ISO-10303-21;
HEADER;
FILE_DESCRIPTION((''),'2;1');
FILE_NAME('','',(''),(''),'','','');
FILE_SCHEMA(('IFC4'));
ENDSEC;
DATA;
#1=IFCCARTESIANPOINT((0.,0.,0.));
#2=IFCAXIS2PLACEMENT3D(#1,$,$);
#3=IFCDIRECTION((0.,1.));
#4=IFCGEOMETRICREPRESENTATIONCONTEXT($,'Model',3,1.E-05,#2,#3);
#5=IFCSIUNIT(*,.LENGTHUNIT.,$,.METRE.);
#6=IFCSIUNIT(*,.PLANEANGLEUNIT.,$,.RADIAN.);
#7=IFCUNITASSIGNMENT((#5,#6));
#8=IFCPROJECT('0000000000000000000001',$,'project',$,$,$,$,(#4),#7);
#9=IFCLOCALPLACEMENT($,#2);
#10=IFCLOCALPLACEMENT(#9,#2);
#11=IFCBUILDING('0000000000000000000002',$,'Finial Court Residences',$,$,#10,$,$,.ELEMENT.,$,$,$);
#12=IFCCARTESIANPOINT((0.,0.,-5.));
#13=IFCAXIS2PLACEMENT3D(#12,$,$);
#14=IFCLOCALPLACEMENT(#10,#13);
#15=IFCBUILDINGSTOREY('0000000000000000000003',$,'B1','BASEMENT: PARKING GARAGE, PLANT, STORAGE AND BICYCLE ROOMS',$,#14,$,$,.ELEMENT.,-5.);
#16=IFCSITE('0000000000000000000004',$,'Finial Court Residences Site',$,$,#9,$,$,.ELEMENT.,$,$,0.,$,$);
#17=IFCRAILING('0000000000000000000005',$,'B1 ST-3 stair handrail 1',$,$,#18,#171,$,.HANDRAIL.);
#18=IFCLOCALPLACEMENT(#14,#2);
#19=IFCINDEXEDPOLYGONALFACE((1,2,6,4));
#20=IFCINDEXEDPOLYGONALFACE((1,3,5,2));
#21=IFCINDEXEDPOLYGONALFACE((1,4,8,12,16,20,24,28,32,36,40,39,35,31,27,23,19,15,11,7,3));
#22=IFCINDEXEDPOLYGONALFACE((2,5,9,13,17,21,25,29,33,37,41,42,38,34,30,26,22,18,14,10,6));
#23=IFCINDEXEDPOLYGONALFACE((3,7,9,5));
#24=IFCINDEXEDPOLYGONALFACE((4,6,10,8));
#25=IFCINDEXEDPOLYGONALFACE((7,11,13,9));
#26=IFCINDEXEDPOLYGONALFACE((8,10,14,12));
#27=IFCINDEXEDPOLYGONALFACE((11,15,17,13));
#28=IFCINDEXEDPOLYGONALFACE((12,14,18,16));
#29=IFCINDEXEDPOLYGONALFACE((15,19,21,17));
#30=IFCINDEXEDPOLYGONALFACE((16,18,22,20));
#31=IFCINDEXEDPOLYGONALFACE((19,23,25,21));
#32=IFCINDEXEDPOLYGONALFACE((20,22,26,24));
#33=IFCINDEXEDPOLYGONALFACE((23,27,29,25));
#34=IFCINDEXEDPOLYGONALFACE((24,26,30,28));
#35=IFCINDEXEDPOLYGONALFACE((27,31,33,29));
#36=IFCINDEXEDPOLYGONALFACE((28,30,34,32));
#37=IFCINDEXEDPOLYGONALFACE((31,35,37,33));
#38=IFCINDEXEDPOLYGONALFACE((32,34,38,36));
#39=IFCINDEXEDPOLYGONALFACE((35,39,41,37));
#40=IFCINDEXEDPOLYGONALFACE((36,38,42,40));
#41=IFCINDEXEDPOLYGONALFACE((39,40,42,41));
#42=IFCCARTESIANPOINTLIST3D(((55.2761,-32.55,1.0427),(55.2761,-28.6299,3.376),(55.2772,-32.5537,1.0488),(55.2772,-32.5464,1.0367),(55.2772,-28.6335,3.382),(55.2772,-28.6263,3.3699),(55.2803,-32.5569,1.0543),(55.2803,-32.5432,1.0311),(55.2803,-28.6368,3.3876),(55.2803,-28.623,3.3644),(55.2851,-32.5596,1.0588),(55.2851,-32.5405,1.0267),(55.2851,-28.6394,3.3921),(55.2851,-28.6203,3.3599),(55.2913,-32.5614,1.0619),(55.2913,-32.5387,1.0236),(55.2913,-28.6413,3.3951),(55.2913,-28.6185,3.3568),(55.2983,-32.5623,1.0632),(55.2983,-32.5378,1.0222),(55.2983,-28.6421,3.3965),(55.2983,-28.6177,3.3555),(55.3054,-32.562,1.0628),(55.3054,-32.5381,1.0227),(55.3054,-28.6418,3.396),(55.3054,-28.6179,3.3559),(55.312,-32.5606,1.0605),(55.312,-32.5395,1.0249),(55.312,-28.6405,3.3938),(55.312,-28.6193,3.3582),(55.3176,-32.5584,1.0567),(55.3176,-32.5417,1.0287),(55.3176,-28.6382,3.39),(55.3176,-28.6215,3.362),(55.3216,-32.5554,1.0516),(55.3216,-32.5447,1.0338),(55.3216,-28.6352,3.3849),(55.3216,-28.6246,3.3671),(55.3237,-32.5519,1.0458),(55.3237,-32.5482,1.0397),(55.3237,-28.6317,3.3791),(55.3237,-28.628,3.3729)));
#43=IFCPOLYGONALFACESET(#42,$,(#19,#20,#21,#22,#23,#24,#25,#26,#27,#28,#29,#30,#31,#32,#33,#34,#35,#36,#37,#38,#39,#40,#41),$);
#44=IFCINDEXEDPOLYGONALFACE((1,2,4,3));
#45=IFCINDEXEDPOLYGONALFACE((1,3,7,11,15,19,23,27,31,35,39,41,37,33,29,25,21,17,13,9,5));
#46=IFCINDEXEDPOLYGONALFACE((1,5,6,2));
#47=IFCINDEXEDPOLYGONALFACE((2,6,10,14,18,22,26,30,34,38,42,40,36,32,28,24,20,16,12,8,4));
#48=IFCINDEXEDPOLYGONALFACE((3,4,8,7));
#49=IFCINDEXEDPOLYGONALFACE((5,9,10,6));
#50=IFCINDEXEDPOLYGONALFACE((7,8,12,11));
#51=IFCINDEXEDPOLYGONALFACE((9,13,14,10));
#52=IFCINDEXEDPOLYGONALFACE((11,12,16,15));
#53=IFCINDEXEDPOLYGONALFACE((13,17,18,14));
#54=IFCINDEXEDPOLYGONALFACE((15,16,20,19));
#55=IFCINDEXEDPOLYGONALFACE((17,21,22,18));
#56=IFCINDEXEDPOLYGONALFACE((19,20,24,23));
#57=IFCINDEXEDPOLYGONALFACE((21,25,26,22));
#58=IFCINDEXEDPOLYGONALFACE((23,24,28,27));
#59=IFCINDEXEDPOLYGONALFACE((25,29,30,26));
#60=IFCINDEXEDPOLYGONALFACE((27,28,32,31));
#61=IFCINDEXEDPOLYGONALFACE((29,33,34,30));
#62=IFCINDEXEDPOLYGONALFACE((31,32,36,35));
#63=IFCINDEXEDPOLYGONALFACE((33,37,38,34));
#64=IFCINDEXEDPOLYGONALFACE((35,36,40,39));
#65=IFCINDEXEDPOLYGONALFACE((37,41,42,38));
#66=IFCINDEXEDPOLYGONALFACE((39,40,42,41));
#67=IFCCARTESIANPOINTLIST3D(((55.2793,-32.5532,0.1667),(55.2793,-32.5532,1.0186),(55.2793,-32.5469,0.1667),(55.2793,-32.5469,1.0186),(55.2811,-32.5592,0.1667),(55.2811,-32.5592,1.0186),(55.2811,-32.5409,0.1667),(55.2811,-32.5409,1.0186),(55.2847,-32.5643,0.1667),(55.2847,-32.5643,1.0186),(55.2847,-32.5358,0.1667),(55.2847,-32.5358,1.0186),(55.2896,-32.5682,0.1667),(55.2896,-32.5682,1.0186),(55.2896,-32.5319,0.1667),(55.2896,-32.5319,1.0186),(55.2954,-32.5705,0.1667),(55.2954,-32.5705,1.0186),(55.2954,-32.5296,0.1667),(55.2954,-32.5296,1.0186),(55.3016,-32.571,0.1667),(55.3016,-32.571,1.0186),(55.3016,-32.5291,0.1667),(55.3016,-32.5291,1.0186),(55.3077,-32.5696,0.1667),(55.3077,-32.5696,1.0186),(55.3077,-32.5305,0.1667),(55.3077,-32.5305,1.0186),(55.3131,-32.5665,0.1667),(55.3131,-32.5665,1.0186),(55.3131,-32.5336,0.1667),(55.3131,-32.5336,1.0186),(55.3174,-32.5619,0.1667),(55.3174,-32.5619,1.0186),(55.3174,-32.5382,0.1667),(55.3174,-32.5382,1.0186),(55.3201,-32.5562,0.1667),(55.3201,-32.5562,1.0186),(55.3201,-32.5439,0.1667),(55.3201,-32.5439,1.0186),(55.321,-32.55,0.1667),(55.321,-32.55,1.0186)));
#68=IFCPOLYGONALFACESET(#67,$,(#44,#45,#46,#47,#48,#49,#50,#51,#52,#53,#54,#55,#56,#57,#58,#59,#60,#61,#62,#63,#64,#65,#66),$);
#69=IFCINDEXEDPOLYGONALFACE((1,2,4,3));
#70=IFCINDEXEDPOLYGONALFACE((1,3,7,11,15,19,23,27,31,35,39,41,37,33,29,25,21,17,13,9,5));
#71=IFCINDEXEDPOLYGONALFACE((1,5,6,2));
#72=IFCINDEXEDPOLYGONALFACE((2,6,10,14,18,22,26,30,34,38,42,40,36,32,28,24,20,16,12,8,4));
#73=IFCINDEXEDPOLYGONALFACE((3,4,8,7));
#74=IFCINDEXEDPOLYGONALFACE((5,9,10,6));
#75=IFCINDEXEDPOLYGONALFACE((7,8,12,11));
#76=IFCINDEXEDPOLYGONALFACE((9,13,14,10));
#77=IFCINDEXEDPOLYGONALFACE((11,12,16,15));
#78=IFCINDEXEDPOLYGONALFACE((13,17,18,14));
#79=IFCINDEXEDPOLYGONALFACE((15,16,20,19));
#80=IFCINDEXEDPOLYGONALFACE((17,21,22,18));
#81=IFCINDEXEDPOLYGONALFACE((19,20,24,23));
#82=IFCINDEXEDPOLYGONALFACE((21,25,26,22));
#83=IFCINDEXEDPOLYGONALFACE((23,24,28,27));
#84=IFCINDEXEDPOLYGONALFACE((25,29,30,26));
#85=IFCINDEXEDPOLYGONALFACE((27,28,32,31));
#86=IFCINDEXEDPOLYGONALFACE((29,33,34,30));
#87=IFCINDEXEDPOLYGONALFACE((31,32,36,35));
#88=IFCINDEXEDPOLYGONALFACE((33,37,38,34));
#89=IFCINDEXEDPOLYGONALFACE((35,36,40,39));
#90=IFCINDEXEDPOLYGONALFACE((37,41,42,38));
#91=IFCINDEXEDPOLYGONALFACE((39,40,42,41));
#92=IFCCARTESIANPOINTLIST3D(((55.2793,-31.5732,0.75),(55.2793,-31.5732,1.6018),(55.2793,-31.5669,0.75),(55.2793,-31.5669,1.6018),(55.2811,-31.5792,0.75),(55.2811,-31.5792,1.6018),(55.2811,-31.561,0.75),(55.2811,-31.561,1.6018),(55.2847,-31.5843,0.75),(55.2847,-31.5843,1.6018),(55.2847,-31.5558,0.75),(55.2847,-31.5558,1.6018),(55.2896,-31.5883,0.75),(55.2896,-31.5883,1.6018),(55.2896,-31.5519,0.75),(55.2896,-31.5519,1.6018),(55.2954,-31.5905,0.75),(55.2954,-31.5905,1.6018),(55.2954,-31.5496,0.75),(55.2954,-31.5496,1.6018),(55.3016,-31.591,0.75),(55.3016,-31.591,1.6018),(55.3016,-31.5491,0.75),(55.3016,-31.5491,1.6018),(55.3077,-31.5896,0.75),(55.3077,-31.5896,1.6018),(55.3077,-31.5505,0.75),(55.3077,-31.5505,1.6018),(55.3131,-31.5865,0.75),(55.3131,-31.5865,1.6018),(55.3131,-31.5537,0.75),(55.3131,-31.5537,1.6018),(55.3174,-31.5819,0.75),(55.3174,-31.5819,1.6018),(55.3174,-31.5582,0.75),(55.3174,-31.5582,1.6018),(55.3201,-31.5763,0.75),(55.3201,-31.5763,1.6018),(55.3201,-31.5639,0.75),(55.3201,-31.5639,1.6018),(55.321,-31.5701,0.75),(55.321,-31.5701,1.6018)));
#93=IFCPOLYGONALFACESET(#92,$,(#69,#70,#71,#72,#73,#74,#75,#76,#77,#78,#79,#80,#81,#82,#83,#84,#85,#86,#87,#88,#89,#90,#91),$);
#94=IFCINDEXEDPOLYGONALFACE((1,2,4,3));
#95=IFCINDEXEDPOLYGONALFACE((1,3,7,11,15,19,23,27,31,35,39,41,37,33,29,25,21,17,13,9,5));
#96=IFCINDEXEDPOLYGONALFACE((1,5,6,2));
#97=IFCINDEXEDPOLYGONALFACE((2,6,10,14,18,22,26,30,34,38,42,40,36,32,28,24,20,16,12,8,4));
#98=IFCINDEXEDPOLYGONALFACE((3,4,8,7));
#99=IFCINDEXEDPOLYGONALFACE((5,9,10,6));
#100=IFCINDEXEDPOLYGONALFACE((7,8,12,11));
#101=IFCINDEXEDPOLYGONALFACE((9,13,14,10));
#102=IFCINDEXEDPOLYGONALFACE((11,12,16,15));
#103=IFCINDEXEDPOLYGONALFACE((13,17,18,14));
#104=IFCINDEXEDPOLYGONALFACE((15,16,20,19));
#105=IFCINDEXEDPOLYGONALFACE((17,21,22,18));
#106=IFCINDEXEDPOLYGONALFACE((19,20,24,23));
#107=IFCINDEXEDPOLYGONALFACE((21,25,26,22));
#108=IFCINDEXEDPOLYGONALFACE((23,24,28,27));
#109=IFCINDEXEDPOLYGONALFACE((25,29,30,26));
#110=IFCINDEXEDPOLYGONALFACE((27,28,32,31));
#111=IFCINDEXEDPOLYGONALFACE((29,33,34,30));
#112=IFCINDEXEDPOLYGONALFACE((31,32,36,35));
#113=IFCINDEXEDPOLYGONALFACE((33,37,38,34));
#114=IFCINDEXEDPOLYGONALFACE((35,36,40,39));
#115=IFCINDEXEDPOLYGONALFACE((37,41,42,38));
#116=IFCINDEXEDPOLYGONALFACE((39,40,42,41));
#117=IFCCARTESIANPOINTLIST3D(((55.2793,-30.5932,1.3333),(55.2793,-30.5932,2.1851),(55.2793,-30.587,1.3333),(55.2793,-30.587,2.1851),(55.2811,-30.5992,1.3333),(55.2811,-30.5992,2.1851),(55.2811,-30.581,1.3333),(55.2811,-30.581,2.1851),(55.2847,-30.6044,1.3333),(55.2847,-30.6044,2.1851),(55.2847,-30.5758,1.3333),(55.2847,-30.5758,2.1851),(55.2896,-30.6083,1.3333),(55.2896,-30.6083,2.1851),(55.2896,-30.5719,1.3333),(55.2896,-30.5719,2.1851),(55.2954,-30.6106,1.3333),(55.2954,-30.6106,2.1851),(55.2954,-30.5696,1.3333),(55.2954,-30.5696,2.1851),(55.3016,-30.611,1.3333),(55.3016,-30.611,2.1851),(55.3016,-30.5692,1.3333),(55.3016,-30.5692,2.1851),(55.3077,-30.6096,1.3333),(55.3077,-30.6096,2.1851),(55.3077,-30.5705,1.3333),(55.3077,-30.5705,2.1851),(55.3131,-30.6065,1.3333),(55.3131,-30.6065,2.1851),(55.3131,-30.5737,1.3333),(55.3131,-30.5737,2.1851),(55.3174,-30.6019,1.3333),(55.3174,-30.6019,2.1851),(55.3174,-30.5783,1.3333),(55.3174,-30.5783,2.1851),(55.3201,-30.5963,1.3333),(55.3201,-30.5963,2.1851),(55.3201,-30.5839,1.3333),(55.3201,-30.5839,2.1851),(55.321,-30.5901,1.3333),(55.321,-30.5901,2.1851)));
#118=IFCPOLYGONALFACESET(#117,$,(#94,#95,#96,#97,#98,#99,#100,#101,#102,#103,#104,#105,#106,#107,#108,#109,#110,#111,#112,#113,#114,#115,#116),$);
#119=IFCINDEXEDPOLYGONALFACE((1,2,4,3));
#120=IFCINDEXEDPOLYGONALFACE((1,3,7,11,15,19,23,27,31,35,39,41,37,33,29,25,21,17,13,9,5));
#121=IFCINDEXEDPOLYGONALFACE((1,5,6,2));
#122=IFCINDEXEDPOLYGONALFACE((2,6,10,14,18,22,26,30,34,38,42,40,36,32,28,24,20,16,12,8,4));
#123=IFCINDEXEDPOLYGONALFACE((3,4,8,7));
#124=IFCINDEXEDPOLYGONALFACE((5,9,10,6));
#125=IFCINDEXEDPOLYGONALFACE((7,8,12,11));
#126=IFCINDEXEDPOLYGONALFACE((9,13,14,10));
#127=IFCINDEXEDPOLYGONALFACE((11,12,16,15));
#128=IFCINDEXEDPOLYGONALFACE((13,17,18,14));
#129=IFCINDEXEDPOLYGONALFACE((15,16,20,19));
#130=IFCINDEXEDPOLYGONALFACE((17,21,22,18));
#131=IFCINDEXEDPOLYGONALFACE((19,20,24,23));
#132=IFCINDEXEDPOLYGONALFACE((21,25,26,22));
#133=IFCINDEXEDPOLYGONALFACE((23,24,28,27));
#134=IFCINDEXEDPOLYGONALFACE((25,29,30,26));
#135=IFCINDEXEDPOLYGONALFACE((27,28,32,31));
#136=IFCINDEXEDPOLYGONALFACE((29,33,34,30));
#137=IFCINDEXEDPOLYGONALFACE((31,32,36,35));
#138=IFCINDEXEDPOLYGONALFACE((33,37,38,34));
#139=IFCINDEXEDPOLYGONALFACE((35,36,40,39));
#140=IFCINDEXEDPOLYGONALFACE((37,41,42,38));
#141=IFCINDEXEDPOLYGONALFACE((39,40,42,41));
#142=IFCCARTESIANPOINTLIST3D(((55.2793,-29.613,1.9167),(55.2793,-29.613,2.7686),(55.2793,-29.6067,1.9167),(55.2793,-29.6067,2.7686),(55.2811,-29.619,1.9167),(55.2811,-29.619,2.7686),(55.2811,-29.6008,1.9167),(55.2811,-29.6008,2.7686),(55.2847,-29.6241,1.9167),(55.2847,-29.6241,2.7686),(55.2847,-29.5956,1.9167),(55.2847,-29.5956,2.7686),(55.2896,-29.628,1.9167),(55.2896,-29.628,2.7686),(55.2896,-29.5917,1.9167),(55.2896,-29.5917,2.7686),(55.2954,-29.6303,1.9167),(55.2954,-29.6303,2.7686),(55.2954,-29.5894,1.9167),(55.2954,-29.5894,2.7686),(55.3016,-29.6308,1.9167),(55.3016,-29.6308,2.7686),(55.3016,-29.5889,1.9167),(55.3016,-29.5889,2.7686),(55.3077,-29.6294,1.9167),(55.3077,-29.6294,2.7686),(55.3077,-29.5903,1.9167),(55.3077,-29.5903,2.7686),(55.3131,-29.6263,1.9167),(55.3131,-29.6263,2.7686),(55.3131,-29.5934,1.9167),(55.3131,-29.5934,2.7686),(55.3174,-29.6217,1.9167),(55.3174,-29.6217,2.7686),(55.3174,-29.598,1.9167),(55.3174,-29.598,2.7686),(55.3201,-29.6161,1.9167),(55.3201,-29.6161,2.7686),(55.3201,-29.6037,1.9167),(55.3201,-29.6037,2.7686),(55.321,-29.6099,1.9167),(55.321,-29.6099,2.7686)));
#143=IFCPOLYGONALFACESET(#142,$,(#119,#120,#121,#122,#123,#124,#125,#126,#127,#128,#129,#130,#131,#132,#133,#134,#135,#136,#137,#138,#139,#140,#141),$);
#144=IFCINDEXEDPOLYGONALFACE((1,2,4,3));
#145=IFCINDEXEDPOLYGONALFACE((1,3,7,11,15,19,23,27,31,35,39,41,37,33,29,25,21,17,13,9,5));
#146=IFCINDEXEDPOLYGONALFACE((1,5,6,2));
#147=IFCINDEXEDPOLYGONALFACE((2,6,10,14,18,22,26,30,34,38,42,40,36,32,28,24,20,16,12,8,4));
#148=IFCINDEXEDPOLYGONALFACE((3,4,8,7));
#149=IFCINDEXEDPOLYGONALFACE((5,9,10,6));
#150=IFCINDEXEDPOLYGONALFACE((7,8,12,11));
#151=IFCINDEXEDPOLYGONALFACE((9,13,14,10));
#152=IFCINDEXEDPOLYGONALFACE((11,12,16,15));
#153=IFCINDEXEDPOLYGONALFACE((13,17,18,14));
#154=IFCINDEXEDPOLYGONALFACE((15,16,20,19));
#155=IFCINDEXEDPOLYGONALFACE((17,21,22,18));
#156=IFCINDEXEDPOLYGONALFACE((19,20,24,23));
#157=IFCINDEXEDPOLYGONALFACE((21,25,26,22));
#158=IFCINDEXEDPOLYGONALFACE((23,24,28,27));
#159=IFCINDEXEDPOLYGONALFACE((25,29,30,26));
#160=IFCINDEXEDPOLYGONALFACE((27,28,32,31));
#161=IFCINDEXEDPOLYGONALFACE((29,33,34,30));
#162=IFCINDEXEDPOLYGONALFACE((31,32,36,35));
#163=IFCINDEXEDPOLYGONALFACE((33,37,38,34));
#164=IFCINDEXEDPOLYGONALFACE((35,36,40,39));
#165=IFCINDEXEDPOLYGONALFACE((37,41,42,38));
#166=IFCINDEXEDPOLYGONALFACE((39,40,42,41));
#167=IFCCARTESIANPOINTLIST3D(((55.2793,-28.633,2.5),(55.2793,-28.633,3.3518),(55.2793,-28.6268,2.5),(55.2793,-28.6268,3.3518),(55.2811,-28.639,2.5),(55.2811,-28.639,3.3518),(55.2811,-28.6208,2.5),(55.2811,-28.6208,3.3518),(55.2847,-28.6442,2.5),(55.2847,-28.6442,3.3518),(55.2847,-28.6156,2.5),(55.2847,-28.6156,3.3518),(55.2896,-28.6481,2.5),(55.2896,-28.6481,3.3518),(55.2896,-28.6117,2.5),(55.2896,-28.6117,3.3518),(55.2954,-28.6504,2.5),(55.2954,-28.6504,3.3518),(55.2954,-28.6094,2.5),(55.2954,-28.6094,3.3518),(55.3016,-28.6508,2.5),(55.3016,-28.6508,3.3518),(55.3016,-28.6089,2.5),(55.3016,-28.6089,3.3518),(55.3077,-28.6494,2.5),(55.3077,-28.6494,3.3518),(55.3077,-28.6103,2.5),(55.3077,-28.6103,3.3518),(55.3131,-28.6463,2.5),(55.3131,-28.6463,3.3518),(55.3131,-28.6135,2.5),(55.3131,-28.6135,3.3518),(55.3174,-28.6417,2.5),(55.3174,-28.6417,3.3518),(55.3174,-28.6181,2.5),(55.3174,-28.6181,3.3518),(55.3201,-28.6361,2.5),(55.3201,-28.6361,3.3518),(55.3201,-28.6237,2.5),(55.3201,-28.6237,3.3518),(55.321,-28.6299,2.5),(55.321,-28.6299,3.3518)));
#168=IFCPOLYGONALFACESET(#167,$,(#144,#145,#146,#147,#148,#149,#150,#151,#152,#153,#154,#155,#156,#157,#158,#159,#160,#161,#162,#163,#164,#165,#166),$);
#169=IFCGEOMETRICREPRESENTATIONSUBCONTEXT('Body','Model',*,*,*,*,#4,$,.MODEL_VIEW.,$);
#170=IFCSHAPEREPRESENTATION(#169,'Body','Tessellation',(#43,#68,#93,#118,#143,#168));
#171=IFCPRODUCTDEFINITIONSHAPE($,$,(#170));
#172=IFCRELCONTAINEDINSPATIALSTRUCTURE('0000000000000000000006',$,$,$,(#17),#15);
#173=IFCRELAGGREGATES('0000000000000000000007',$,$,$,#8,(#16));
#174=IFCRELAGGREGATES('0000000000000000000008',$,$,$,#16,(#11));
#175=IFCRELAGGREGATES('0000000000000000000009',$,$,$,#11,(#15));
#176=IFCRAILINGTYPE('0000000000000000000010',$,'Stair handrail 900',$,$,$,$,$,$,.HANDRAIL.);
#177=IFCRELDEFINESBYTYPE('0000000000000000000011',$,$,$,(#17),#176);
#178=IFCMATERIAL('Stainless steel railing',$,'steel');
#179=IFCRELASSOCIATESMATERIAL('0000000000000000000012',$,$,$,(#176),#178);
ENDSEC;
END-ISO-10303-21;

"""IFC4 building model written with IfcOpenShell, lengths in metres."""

from ifc_helpers import new_model, si_unit, direction, frame, origin, origin_2d, place, context, subcontext, project, spatial, circle, extrude, material, type_object, element, save


model = new_model("IFC4")

# Units and contexts
model_context = context("Model", 3, precision=1e-05, world=origin(), true_north=direction((0.0, 1.0)))
body_context = subcontext(model_context, "Body", "Model", "MODEL_VIEW")
ifc_project = project(units=[si_unit("LENGTHUNIT", "METRE"), si_unit("PLANEANGLEUNIT", "RADIAN")], contexts=[model_context])

# Site, building, storey
site_placement = place(None, origin())
site = spatial("IfcSite", under=ifc_project, at=site_placement, Name="Finial Court Residences Site", CompositionType="ELEMENT", RefElevation=0.0)
building_placement = place(site_placement, origin())
building = spatial("IfcBuilding", under=site, at=building_placement, Name="Finial Court Residences", CompositionType="ELEMENT")
storey_placement = place(building_placement, frame((0.0, 0.0, -5.0)))
storey = spatial("IfcBuildingStorey", under=building, at=storey_placement, Name="B1", Description="BASEMENT: PARKING GARAGE, PLANT, STORAGE AND BICYCLE ROOMS", CompositionType="ELEMENT", Elevation=-5.0)

# Railing
ifc_material_1 = material(Name="Stainless steel railing", Category="steel")
railing_type_1 = type_object("IfcRailingType", Name="Stair handrail 900", PredefinedType="HANDRAIL", material=ifc_material_1)
railing_1_placement = place(storey_placement, frame((55.3, -32.55, 0.1667)))
element("IfcRailing", 1, at=railing_1_placement, inside=storey, type_object=railing_type_1, Name="B1 ST-3 stair handrail 1", PredefinedType="HANDRAIL", context=body_context, shape_type="SweptSolid", body=[
    extrude(circle(Radius=0.0239, at=origin_2d()), frame((0.0, 0.0, 0.876), z_axis=(0.0, 0.85931, 0.511455), x_axis=(-1.0, 0.0, 0.0)), (0.0, 0.0, 1.0), 4.562),
    extrude(circle(Radius=0.021, at=origin_2d()), origin(), (0.0, 0.0, 1.0), 0.8518),
    extrude(circle(Radius=0.021, at=origin_2d()), frame((0.0, 0.98, 0.5833)), (0.0, 0.0, 1.0), 0.8518),
    extrude(circle(Radius=0.021, at=origin_2d()), frame((0.0, 1.96, 1.1665)), (0.0, 0.0, 1.0), 0.8518),
    extrude(circle(Radius=0.021, at=origin_2d()), frame((0.0, 2.9402, 1.75)), (0.0, 0.0, 1.0), 0.8518),
    extrude(circle(Radius=0.021, at=origin_2d()), frame((0.0, 3.9202, 2.3333)), (0.0, 0.0, 1.0), 0.8518),
])

save(model, "model.ifc")
